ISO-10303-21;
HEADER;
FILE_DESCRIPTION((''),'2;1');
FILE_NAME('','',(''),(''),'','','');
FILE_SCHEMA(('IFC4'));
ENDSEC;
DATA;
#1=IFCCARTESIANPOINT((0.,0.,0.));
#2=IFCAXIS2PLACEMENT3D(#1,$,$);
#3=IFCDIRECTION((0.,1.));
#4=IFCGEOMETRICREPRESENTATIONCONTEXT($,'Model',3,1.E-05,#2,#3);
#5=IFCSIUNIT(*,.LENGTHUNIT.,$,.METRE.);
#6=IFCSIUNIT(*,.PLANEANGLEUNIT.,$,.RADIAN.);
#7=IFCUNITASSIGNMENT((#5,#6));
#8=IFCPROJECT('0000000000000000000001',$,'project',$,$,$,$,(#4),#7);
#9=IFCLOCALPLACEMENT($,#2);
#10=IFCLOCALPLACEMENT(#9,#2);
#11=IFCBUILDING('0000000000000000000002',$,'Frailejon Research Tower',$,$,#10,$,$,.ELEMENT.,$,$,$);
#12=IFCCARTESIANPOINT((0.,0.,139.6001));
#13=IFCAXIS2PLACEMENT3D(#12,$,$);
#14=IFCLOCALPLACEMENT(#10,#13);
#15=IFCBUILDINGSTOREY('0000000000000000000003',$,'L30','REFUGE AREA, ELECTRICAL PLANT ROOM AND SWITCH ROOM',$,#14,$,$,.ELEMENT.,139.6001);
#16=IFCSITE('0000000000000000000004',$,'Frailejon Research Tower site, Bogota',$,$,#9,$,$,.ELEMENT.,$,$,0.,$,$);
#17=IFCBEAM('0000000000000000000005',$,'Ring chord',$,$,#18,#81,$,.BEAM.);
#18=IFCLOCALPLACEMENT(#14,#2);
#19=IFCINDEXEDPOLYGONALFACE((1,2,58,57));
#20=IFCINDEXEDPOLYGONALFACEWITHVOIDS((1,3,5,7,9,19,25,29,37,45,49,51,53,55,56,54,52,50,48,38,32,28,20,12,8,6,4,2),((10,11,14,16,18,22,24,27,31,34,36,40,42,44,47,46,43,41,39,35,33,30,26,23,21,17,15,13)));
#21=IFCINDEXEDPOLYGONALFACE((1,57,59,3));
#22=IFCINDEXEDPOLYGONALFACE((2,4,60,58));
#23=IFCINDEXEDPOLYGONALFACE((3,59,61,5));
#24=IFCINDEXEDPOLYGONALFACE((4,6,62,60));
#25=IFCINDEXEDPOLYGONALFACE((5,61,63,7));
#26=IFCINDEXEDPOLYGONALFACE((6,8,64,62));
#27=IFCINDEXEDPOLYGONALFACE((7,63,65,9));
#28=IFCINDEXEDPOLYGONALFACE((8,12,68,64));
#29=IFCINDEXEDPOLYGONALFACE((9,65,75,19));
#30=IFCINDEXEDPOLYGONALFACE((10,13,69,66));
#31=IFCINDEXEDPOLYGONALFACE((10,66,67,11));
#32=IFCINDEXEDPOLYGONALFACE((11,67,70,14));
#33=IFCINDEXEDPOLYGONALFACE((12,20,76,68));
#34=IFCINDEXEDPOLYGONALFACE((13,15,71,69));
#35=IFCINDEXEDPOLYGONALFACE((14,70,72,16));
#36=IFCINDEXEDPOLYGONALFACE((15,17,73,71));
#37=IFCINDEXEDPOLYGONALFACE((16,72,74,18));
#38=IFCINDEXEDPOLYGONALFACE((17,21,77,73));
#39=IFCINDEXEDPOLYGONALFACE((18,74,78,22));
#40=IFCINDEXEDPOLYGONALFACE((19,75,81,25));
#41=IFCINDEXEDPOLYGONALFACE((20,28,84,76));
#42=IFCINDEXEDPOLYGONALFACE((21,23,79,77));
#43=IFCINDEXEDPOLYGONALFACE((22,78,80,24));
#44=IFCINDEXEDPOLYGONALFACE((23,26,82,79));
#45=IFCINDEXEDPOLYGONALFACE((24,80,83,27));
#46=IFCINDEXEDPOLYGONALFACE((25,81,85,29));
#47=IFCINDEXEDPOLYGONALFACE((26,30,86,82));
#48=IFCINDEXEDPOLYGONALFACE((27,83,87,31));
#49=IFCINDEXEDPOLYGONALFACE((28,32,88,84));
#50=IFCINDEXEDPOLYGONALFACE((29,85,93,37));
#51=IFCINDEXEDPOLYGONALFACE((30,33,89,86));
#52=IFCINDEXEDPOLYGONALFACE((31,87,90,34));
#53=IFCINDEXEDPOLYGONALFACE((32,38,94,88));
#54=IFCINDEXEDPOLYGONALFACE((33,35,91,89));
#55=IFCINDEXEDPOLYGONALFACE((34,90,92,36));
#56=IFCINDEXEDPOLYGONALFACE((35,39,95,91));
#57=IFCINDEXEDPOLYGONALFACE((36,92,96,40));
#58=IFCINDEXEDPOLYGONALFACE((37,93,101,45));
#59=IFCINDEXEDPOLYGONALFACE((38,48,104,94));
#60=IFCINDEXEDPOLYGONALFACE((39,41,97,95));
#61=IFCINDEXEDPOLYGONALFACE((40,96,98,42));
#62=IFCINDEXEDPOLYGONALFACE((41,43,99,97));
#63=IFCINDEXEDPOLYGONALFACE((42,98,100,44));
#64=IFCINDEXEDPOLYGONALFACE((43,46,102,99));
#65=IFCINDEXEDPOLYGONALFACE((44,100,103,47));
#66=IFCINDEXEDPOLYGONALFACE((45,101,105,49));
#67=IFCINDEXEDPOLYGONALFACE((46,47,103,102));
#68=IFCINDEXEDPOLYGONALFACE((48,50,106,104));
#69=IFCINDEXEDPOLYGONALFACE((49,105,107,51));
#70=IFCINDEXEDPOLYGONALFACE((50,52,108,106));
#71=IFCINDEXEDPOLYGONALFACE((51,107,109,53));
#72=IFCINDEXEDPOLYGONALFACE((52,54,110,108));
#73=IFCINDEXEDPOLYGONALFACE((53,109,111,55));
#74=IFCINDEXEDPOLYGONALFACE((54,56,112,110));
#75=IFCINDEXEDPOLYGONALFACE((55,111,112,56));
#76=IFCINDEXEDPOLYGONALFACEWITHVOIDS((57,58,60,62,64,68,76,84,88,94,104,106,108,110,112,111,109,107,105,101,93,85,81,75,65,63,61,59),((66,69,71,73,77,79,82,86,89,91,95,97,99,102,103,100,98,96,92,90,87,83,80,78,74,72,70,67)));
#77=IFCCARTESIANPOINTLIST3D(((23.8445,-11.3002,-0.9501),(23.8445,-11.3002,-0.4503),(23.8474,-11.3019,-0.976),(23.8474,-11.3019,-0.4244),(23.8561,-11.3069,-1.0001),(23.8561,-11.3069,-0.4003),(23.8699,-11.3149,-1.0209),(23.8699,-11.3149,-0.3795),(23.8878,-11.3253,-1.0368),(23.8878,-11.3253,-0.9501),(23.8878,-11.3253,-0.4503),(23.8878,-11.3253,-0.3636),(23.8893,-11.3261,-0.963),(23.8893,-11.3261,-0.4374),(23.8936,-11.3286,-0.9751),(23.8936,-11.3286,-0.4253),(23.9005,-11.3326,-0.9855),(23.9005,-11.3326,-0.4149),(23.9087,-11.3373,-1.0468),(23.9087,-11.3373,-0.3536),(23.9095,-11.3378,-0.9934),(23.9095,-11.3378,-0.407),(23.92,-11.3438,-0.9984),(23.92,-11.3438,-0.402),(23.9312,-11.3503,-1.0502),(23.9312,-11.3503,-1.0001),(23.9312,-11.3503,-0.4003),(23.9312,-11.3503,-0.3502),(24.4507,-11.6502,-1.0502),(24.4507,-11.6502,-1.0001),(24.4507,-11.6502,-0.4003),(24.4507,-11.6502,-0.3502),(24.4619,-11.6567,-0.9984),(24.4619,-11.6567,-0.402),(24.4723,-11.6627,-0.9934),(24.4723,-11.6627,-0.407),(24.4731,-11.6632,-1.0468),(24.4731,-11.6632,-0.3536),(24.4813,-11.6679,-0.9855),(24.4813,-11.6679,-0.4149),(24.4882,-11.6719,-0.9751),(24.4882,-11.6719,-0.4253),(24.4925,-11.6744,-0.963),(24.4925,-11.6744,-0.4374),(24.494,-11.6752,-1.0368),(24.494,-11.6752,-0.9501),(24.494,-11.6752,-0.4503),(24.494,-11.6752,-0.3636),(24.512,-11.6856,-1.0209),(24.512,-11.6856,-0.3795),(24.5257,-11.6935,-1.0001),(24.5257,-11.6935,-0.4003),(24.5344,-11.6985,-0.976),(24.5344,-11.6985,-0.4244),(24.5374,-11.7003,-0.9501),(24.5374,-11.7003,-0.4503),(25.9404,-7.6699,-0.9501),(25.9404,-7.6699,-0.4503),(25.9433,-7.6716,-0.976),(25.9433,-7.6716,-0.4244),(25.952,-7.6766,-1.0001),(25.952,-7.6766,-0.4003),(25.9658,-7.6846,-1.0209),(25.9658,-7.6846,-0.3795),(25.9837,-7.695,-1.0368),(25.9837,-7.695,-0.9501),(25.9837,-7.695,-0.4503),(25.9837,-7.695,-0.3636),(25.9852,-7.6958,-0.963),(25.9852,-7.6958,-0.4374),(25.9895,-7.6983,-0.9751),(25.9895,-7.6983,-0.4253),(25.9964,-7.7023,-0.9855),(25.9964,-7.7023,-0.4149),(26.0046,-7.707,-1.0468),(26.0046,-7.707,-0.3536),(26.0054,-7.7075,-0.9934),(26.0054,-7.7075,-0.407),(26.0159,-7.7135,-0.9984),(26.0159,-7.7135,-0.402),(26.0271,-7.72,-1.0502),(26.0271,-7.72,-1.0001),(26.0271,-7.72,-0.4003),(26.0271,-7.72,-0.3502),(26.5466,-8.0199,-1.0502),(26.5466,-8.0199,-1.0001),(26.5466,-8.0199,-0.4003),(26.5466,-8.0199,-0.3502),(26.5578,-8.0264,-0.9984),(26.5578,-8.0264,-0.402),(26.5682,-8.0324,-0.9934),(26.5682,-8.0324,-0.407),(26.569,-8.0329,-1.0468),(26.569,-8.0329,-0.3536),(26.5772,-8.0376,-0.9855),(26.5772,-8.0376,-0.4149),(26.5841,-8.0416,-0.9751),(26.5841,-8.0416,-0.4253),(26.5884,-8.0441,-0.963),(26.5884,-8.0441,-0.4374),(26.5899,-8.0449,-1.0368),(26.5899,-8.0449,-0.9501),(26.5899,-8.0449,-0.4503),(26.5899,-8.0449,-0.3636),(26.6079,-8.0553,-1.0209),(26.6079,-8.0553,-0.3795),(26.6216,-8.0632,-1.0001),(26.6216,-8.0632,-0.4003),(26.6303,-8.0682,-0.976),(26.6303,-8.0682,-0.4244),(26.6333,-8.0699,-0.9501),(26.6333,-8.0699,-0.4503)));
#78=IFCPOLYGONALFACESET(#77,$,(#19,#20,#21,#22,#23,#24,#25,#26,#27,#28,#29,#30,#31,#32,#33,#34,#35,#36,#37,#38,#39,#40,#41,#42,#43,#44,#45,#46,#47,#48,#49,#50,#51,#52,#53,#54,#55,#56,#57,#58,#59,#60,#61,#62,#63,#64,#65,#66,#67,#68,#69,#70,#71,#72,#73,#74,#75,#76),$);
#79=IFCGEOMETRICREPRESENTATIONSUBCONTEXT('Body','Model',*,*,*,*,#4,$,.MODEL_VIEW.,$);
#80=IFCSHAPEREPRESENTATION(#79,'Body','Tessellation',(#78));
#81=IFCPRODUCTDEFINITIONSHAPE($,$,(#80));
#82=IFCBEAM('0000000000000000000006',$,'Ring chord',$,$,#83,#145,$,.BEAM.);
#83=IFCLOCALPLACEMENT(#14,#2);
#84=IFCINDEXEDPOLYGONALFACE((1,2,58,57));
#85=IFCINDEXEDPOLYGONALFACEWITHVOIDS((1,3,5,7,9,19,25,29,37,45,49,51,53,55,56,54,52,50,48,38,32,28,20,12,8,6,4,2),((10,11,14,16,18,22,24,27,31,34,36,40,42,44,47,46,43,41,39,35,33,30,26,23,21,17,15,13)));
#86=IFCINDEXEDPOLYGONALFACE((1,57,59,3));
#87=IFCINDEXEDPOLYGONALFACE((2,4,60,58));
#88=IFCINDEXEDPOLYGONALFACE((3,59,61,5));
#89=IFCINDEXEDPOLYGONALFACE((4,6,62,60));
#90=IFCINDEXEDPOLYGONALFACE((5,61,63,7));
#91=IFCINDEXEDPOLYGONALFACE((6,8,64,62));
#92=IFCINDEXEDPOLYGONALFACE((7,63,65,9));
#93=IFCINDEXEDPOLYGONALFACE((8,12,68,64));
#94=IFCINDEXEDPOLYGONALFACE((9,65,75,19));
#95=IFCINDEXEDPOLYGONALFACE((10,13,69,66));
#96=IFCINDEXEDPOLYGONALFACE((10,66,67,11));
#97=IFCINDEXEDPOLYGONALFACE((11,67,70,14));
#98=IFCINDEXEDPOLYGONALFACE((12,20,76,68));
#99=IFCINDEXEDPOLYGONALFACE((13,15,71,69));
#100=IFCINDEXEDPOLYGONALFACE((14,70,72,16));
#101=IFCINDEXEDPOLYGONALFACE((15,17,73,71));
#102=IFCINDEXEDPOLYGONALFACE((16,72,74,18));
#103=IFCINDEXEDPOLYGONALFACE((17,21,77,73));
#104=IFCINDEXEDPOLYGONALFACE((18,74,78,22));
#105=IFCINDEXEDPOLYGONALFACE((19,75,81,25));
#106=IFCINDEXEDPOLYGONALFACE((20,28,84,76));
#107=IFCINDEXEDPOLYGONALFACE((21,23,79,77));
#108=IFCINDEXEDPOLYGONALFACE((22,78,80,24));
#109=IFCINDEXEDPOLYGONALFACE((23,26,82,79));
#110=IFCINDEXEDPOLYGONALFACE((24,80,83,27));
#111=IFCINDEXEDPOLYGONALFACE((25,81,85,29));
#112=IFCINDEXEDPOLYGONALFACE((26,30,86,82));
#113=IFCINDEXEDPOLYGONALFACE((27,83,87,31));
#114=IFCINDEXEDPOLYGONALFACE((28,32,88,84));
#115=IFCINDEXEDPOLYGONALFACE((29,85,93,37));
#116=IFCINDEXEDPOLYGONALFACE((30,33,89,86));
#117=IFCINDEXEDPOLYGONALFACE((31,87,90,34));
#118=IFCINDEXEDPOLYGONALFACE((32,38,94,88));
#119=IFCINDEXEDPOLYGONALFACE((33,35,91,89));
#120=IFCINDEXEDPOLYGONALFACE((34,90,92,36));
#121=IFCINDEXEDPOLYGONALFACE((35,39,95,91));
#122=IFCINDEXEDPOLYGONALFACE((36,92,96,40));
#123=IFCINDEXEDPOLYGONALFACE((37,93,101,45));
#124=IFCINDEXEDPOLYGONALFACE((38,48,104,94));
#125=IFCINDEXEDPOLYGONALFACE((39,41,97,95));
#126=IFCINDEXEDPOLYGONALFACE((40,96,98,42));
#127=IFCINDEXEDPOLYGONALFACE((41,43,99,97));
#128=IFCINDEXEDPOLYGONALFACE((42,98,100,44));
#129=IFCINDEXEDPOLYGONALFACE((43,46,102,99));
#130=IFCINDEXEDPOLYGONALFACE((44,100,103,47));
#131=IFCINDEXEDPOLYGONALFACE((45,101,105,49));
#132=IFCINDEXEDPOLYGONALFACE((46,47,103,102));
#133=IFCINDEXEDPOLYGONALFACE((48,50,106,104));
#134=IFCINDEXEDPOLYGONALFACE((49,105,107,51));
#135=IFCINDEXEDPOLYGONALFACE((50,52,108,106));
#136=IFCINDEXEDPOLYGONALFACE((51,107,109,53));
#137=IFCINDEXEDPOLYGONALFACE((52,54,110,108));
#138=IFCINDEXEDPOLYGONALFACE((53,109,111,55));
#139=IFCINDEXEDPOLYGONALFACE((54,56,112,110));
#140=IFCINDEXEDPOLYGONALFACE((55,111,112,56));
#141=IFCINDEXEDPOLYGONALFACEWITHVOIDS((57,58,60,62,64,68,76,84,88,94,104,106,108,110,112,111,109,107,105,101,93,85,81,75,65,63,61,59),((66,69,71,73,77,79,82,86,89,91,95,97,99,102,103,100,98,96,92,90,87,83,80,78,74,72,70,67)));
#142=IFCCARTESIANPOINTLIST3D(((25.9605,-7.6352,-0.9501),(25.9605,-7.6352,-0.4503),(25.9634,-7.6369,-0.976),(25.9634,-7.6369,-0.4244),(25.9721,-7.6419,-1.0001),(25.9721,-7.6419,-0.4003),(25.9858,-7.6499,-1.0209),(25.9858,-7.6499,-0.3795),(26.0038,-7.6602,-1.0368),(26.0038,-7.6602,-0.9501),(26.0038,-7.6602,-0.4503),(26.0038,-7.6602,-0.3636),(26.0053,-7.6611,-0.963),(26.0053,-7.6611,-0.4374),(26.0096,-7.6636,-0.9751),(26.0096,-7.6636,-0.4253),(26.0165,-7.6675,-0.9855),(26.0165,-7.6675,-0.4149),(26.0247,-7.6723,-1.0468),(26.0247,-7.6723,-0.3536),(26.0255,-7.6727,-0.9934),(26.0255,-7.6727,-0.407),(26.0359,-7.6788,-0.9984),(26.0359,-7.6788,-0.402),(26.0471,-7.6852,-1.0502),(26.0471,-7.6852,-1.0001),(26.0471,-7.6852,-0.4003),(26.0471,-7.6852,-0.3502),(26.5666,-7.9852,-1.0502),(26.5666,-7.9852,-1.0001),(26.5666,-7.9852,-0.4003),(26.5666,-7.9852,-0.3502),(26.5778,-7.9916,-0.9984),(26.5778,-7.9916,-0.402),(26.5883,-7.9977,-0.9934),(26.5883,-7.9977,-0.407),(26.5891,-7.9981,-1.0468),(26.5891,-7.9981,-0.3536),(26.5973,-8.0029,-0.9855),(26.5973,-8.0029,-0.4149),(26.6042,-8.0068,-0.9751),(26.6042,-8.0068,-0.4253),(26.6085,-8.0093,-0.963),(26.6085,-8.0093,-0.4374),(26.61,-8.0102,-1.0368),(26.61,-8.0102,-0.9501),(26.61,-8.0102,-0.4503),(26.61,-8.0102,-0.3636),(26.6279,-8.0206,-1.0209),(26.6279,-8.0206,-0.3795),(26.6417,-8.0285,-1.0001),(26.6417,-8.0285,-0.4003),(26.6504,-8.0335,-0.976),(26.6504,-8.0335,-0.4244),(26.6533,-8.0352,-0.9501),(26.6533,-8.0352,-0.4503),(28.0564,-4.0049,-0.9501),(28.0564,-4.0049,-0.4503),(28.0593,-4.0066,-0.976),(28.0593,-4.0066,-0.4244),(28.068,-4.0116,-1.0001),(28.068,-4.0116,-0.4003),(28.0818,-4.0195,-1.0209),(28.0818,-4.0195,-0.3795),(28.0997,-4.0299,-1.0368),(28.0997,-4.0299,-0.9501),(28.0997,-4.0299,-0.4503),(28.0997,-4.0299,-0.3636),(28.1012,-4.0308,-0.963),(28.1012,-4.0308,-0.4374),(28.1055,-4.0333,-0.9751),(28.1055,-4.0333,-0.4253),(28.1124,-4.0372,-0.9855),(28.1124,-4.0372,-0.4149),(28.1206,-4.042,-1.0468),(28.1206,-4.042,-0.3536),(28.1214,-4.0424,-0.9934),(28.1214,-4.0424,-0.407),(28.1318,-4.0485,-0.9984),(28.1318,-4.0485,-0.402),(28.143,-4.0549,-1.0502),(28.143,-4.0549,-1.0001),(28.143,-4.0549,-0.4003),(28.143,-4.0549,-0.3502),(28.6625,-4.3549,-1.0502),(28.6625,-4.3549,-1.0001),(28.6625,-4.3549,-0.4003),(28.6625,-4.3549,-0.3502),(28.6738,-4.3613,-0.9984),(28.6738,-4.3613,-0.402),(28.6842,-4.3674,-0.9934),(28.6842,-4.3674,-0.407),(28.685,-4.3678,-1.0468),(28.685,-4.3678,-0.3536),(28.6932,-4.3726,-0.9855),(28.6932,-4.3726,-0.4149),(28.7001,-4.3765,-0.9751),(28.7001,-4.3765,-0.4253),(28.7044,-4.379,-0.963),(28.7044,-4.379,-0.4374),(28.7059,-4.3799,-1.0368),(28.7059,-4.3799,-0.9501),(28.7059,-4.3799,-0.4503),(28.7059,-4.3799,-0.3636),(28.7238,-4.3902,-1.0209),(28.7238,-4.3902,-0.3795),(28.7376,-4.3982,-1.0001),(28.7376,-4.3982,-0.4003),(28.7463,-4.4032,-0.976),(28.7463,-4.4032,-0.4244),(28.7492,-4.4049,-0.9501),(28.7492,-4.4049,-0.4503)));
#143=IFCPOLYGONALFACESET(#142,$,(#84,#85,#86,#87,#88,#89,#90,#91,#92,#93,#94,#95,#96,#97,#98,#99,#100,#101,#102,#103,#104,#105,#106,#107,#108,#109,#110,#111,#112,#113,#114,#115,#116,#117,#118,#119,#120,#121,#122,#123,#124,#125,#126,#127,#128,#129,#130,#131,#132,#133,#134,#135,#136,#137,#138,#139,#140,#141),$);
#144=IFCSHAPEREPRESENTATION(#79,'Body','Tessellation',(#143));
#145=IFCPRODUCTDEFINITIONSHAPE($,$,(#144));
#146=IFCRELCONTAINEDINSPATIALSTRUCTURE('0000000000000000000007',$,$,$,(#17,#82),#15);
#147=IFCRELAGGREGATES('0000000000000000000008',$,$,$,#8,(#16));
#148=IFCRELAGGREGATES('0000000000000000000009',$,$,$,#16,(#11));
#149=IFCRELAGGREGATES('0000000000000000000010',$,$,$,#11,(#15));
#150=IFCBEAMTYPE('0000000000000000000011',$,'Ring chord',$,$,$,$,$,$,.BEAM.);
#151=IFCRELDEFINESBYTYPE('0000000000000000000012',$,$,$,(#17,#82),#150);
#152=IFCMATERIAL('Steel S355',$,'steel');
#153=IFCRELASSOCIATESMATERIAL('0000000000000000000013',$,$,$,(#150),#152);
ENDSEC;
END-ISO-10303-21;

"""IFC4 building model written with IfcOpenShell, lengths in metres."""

from ifc_helpers import new_model, si_unit, direction, frame, origin, origin_2d, place, context, subcontext, project, spatial, hollow_rectangle, extrude, material, material_profile, profile_set, type_object, element, save


model = new_model("IFC4")

# Units and contexts
model_context = context("Model", 3, precision=1e-05, world=origin(), true_north=direction((0.0, 1.0)))
body_context = subcontext(model_context, "Body", "Model", "MODEL_VIEW")
ifc_project = project(units=[si_unit("LENGTHUNIT", "METRE"), si_unit("PLANEANGLEUNIT", "RADIAN")], contexts=[model_context])

# Site, building, storey
site_placement = place(None, origin())
site = spatial("IfcSite", under=ifc_project, at=site_placement, Name="Frailejon Research Tower site, Bogota", CompositionType="ELEMENT", RefElevation=0.0)
building_placement = place(site_placement, origin())
building = spatial("IfcBuilding", under=site, at=building_placement, Name="Frailejon Research Tower", CompositionType="ELEMENT")
storey_placement = place(building_placement, frame((0.0, 0.0, 139.6001)))
storey = spatial("IfcBuildingStorey", under=building, at=storey_placement, Name="L30", Description="REFUGE AREA, ELECTRICAL PLANT ROOM AND SWITCH ROOM", CompositionType="ELEMENT", Elevation=139.6001)

# Beams
ifc_material_1 = material(Name="Steel S355", Category="steel")
ifc_material_profile_1 = material_profile(ifc_material_1, hollow_rectangle(XDim=0.8, YDim=0.7, WallThickness=0.05, InnerFilletRadius=0.05, OuterFilletRadius=0.1001, at=origin_2d()), Name="Ring chord")
ifc_profile_set_1 = profile_set([ifc_material_profile_1], Name="Steel S355")
beam_type_1 = type_object("IfcBeamType", Name="Ring chord", PredefinedType="BEAM", material=ifc_profile_set_1)
for number, where, z_axis, x_axis, name in (
    (1, (24.1909, -11.5002, -0.7002), (0.499991, 0.86603, 0.0), (-0.86603, 0.499991, 0.0), "Ring chord"),
    (2, (26.3069, -7.8352, -0.7002), (0.499991, 0.86603, 0.0), (-0.86603, 0.499991, 0.0), "Ring chord"),
):
    element("IfcBeam", number, at=place(storey_placement, frame(where, z_axis=z_axis, x_axis=x_axis)), inside=storey, type_object=beam_type_1, Name=name, PredefinedType="BEAM", context=body_context, shape_type="SweptSolid", body=[
        extrude(hollow_rectangle(XDim=0.8, YDim=0.7, WallThickness=0.05, InnerFilletRadius=0.05, OuterFilletRadius=0.1001, at=origin_2d()), origin(), (0.0, 0.0, 1.0), 4.1919),
    ])

save(model, "model.ifc")
